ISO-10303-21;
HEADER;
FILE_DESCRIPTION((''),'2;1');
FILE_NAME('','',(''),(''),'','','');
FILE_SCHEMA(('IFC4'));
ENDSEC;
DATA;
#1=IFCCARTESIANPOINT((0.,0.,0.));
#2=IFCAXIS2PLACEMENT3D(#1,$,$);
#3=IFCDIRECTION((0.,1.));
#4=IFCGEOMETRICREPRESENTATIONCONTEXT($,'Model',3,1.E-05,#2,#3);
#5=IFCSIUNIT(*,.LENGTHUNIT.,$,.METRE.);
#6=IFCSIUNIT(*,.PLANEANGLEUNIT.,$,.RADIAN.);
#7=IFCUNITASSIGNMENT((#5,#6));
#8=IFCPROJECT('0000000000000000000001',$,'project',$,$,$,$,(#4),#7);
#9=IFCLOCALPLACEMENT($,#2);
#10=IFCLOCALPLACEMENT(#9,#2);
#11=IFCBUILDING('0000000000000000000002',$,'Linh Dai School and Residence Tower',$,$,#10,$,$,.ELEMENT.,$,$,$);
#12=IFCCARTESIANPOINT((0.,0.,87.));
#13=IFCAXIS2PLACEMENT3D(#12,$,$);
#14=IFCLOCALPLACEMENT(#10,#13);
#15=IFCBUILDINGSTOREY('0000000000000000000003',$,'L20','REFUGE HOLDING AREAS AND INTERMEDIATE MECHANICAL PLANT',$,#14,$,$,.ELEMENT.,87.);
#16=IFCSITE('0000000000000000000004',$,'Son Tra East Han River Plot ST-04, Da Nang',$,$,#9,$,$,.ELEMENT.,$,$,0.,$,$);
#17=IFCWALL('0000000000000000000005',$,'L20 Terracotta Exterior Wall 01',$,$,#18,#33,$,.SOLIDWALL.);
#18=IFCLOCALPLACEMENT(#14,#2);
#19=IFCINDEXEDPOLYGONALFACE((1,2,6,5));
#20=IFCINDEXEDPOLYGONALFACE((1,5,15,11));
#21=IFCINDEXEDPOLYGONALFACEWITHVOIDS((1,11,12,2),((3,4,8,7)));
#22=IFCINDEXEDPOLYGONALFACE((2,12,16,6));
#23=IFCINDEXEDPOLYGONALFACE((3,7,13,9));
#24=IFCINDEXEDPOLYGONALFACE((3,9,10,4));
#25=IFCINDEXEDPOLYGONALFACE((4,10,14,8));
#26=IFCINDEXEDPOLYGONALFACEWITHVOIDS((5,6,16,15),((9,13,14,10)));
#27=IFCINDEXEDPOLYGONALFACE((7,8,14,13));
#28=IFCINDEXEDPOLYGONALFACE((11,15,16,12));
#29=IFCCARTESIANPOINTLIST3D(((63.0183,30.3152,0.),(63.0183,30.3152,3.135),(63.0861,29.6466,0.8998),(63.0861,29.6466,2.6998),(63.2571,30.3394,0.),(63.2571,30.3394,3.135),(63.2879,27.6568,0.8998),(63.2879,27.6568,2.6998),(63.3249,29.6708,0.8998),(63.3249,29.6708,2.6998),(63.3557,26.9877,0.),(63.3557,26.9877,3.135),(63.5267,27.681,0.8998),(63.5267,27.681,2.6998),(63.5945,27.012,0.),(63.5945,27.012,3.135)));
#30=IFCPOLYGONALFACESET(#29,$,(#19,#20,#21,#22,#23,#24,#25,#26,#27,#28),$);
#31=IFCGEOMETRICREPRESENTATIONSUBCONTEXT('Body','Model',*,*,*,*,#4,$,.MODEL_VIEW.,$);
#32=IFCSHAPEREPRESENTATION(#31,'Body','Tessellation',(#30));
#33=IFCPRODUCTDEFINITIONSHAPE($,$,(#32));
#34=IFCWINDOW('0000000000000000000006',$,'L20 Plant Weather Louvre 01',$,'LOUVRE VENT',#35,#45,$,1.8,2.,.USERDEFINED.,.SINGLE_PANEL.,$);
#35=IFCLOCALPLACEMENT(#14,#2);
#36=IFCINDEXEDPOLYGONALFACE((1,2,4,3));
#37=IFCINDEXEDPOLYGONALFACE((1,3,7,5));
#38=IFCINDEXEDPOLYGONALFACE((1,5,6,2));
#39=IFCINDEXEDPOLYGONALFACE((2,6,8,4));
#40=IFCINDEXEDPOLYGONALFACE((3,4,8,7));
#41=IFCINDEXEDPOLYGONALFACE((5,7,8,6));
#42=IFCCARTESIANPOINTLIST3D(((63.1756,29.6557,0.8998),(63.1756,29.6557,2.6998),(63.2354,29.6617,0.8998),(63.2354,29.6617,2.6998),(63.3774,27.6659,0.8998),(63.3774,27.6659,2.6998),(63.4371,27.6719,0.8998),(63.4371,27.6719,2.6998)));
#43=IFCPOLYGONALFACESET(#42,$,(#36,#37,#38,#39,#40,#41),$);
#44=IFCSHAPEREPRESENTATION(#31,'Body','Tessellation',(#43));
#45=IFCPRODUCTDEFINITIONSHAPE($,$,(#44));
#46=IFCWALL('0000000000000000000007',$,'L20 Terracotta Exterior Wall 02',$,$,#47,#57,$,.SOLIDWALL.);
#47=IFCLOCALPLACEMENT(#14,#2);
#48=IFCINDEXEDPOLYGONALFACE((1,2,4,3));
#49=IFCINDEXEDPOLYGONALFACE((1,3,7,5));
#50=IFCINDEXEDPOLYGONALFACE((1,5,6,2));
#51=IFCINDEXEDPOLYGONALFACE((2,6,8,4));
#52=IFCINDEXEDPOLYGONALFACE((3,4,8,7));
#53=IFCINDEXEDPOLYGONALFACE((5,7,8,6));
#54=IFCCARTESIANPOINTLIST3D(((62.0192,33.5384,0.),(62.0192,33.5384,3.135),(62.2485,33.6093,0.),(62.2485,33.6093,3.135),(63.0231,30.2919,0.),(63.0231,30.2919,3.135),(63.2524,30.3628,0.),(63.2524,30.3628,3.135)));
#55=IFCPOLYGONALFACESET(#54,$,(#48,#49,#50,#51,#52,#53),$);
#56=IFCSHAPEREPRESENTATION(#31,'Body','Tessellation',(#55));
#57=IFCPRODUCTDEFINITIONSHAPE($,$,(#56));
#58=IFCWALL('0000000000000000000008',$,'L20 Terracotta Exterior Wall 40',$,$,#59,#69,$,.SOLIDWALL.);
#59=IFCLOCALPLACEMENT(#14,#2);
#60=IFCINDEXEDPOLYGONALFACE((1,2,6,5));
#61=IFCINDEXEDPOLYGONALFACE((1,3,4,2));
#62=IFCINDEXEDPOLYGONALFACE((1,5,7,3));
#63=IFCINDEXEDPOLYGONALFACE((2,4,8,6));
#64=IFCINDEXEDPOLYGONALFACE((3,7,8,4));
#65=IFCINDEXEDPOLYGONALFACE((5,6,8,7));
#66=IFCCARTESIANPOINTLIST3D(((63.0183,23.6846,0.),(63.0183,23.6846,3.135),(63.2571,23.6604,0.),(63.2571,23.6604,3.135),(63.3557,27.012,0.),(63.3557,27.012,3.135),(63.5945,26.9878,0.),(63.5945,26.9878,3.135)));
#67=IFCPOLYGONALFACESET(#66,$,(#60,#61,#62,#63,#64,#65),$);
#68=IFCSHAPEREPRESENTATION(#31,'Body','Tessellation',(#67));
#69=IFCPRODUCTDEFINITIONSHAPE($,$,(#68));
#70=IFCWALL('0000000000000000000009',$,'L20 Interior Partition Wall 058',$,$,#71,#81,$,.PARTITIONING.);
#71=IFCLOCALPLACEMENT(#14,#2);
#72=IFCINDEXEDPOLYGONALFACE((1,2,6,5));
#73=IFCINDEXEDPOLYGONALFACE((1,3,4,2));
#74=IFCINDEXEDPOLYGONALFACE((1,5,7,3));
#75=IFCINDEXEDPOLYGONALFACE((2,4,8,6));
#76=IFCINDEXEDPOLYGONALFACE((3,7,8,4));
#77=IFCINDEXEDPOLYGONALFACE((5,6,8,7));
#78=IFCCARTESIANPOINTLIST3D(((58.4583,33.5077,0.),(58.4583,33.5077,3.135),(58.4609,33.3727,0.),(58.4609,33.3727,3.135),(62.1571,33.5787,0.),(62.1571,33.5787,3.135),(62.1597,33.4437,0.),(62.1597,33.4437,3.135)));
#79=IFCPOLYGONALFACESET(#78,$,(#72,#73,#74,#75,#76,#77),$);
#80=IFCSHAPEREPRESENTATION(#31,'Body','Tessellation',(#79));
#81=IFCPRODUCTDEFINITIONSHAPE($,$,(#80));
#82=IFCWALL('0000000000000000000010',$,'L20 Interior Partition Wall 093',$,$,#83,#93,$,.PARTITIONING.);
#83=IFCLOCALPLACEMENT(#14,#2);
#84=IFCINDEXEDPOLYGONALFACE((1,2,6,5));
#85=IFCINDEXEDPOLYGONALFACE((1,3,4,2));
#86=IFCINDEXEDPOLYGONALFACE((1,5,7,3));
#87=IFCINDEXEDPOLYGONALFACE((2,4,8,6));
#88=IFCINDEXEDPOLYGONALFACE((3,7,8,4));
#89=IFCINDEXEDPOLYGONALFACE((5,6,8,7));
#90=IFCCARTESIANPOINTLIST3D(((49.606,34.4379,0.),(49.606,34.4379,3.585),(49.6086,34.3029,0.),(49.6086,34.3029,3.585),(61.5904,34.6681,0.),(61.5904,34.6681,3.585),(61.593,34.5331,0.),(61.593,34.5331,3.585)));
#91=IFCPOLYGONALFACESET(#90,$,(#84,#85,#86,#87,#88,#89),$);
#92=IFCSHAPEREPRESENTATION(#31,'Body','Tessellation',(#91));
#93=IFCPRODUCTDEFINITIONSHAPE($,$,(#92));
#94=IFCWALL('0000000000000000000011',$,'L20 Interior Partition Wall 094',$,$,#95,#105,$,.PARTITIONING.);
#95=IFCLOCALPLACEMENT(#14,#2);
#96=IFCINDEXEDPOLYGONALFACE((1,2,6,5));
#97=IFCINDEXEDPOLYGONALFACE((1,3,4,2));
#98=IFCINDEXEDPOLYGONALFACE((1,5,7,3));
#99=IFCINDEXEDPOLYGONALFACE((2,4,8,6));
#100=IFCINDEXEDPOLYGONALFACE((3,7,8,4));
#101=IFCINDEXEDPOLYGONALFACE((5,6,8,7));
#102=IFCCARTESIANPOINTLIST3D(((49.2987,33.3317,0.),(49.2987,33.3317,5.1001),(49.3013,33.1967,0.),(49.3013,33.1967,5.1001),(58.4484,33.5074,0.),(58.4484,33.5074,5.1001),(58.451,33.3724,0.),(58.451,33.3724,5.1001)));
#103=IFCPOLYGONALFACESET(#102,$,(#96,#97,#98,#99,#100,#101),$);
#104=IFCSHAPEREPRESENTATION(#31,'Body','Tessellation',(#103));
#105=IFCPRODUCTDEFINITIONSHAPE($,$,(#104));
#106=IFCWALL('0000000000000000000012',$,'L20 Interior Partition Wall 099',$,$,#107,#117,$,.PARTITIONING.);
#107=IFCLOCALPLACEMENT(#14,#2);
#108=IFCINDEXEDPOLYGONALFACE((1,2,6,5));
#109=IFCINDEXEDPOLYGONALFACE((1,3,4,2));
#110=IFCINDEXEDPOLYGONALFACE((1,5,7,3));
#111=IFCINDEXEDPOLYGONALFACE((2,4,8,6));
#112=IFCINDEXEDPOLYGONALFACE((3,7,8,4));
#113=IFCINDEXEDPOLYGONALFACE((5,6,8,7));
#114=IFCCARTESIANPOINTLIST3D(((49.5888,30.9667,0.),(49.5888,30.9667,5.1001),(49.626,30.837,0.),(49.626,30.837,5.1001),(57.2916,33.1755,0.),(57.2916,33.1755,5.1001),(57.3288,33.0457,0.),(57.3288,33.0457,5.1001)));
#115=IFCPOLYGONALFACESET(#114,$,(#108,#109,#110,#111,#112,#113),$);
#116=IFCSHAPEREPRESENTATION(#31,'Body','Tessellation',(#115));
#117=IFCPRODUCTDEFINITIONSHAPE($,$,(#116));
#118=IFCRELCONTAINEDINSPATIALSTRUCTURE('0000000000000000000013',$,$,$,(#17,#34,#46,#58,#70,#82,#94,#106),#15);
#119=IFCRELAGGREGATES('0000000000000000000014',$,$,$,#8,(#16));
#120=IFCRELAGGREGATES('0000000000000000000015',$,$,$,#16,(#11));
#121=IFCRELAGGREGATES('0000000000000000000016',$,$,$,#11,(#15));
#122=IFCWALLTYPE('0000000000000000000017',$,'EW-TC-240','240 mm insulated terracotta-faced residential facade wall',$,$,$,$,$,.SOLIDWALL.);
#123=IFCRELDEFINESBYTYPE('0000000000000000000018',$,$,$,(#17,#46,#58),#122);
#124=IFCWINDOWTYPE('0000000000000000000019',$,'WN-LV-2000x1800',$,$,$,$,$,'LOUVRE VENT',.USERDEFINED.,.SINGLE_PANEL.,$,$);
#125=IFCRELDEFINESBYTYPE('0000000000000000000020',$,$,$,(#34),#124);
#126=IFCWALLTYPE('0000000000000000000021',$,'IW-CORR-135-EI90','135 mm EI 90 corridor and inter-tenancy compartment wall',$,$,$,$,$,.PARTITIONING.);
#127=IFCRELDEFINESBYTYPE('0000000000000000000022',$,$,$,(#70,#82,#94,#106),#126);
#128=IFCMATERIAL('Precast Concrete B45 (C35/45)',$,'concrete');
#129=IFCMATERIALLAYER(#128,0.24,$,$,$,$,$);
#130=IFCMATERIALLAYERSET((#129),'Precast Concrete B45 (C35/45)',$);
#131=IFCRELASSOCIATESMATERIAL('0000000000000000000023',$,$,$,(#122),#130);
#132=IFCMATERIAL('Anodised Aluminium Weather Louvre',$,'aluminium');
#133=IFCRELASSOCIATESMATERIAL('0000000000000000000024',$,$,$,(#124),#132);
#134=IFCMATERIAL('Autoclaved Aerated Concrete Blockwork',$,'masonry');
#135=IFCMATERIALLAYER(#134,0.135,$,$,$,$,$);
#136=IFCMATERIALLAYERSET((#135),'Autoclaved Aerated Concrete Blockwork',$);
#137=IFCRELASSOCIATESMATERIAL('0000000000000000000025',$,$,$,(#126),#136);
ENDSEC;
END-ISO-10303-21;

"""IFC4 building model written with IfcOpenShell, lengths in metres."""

from ifc_helpers import new_model, si_unit, direction, frame, frame_2d, origin, origin_2d, place, context, subcontext, project, spatial, rectangle, extrude, source, transform, mapped, material, layer, layer_set, type_object, element, fill, save


model = new_model("IFC4")

# Units and contexts
model_context = context("Model", 3, precision=1e-05, world=origin(), true_north=direction((0.0, 1.0)))
body_context = subcontext(model_context, "Body", "Model", "MODEL_VIEW")
ifc_project = project(units=[si_unit("LENGTHUNIT", "METRE"), si_unit("PLANEANGLEUNIT", "RADIAN")], contexts=[model_context])

# Site, building, storey
site_placement = place(None, origin())
site = spatial("IfcSite", under=ifc_project, at=site_placement, Name="Son Tra East Han River Plot ST-04, Da Nang", CompositionType="ELEMENT", RefElevation=0.0)
building_placement = place(site_placement, origin())
building = spatial("IfcBuilding", under=site, at=building_placement, Name="Linh Dai School and Residence Tower", CompositionType="ELEMENT")
storey_placement = place(building_placement, frame((0.0, 0.0, 87.0)))
storey = spatial("IfcBuildingStorey", under=building, at=storey_placement, Name="L20", Description="REFUGE HOLDING AREAS AND INTERMEDIATE MECHANICAL PLANT", CompositionType="ELEMENT", Elevation=87.0)

# Wall, opening, window
ifc_material_1 = material(Name="Precast Concrete B45 (C35/45)", Category="concrete")
ifc_layer_1 = layer(ifc_material_1, 0.24)
ifc_layer_set_1 = layer_set([ifc_layer_1], Name="Precast Concrete B45 (C35/45)")
wall_type_1 = type_object("IfcWallType", Name="EW-TC-240", Description="240 mm insulated terracotta-faced residential facade wall", PredefinedType="SOLIDWALL", material=ifc_layer_set_1)
wall_1_placement = place(storey_placement, frame((63.1377, 30.3274, 0.0), z_axis=(0.0, 0.0, 1.0), x_axis=(0.100884, -0.994898, 0.0)))
wall_1 = element("IfcWall", 1, at=wall_1_placement, inside=storey, type_object=wall_type_1, Name="L20 Terracotta Exterior Wall 01", PredefinedType="SOLIDWALL", context=body_context, shape_type="SweptSolid", body=[
    extrude(rectangle(XDim=3.3445, YDim=0.24, at=frame_2d((1.6724, 0.0))), origin(), (0.0, 0.0, 1.0), 3.135),
])
opening_placement = place(wall_1_placement, frame((0.6721, 0.0, 0.8999)))
opening = element("IfcOpeningElement", 2, at=opening_placement, cuts=wall_1, PredefinedType="OPENING", context=body_context, shape_type="SweptSolid", body=[
    extrude(rectangle(XDim=2.0, YDim=1.8, at=origin_2d()), frame((1.0, 0.1299, 0.8999), z_axis=(0.0, -1.0, 0.0), x_axis=(1.0, 0.0, 0.0)), (0.0, 0.0, 1.0), 0.26),
])
ifc_material_2 = material(Name="Anodised Aluminium Weather Louvre", Category="aluminium")
window_type = type_object("IfcWindowType", Name="WN-LV-2000x1800", ElementType="LOUVRE VENT", PartitioningType="SINGLE_PANEL", PredefinedType="USERDEFINED", material=ifc_material_2)
shared_shape_1 = source(origin(), body_context, "Body", "SweptSolid", [
    extrude(rectangle(XDim=2.0, YDim=1.8, at=origin_2d()), frame((1.0, 0.03, 0.8999), z_axis=(0.0, -1.0, 0.0), x_axis=(1.0, 0.0, 0.0)), (0.0, 0.0, 1.0), 0.0601),
])
window_placement = place(opening_placement, origin())
window = element("IfcWindow", 3, at=window_placement, inside=storey, type_object=window_type, Name="L20 Plant Weather Louvre 01", ObjectType="LOUVRE VENT", OverallHeight=1.8, OverallWidth=2.0, PartitioningType="SINGLE_PANEL", PredefinedType="USERDEFINED", context=body_context, shape_type="MappedRepresentation", body=[
    mapped(shared_shape_1, transform((0.0, 0.0, 0.0), x_axis=(1.0, 0.0, 0.0), y_axis=(0.0, 1.0, 0.0), z_axis=(0.0, 0.0, 1.0), scale=1.0)),
])
fill(opening, window)

# Walls
wall_2_placement = place(storey_placement, frame((62.1338, 33.574, 0.0), z_axis=(0.0, 0.0, 1.0), x_axis=(0.295418, -0.955368, 0.0)))
element("IfcWall", 4, at=wall_2_placement, inside=storey, type_object=wall_type_1, Name="L20 Terracotta Exterior Wall 02", PredefinedType="SOLIDWALL", context=body_context, shape_type="SweptSolid", body=[
    extrude(rectangle(XDim=3.3982, YDim=0.24, at=frame_2d((1.6992, 0.0))), origin(), (0.0, 0.0, 1.0), 3.135),
])
wall_3_placement = place(storey_placement, frame((63.4751, 27.0, 0.0), z_axis=(0.0, 0.0, 1.0), x_axis=(-0.100884, -0.994898, 0.0)))
element("IfcWall", 5, at=wall_3_placement, inside=storey, type_object=wall_type_1, Name="L20 Terracotta Exterior Wall 40", PredefinedType="SOLIDWALL", context=body_context, shape_type="SweptSolid", body=[
    extrude(rectangle(XDim=3.3445, YDim=0.24, at=frame_2d((1.6724, 0.0))), origin(), (0.0, 0.0, 1.0), 3.135),
])
ifc_material_3 = material(Name="Autoclaved Aerated Concrete Blockwork", Category="masonry")
ifc_layer_2 = layer(ifc_material_3, 0.135)
ifc_layer_set_2 = layer_set([ifc_layer_2], Name="Autoclaved Aerated Concrete Blockwork")
wall_type_2 = type_object("IfcWallType", Name="IW-CORR-135-EI90", Description="135 mm EI 90 corridor and inter-tenancy compartment wall", PredefinedType="PARTITIONING", material=ifc_layer_set_2)
wall_4_placement = place(storey_placement, frame((58.4597, 33.4402, 0.0), z_axis=(0.0, 0.0, 1.0), x_axis=(0.999816, 0.019204, 0.0)))
element("IfcWall", 6, at=wall_4_placement, inside=storey, type_object=wall_type_2, Name="L20 Interior Partition Wall 058", PredefinedType="PARTITIONING", context=body_context, shape_type="SweptSolid", body=[
    extrude(rectangle(XDim=3.6995, YDim=0.135, at=frame_2d((1.8496, 0.0))), origin(), (0.0, 0.0, 1.0), 3.135),
])
wall_5_placement = place(storey_placement, frame((49.6074, 34.3704, 0.0), z_axis=(0.0, 0.0, 1.0), x_axis=(0.999816, 0.019207, 0.0)))
element("IfcWall", 7, at=wall_5_placement, inside=storey, type_object=wall_type_2, Name="L20 Interior Partition Wall 093", PredefinedType="PARTITIONING", context=body_context, shape_type="SweptSolid", body=[
    extrude(rectangle(XDim=11.9866, YDim=0.135, at=frame_2d((5.9932, 0.0))), origin(), (0.0, 0.0, 1.0), 3.585),
])
wall_6_placement = place(storey_placement, frame((58.4497, 33.4399, 0.0), z_axis=(0.0, 0.0, 1.0), x_axis=(-0.999816, -0.019208, 0.0)))
element("IfcWall", 8, at=wall_6_placement, inside=storey, type_object=wall_type_2, Name="L20 Interior Partition Wall 094", PredefinedType="PARTITIONING", context=body_context, shape_type="SweptSolid", body=[
    extrude(rectangle(XDim=9.1514, YDim=0.135, at=frame_2d((4.5757, 0.0))), origin(), (0.0, 0.0, 1.0), 5.1001),
])
wall_7_placement = place(storey_placement, frame((49.6074, 30.9019, 0.0), z_axis=(0.0, 0.0, 1.0), x_axis=(0.961263, 0.275634, 0.0)))
element("IfcWall", 9, at=wall_7_placement, inside=storey, type_object=wall_type_2, Name="L20 Interior Partition Wall 099", PredefinedType="PARTITIONING", context=body_context, shape_type="SweptSolid", body=[
    extrude(rectangle(XDim=8.0132, YDim=0.135, at=frame_2d((4.0066, 0.0))), origin(), (0.0, 0.0, 1.0), 5.1001),
])

save(model, "model.ifc")
